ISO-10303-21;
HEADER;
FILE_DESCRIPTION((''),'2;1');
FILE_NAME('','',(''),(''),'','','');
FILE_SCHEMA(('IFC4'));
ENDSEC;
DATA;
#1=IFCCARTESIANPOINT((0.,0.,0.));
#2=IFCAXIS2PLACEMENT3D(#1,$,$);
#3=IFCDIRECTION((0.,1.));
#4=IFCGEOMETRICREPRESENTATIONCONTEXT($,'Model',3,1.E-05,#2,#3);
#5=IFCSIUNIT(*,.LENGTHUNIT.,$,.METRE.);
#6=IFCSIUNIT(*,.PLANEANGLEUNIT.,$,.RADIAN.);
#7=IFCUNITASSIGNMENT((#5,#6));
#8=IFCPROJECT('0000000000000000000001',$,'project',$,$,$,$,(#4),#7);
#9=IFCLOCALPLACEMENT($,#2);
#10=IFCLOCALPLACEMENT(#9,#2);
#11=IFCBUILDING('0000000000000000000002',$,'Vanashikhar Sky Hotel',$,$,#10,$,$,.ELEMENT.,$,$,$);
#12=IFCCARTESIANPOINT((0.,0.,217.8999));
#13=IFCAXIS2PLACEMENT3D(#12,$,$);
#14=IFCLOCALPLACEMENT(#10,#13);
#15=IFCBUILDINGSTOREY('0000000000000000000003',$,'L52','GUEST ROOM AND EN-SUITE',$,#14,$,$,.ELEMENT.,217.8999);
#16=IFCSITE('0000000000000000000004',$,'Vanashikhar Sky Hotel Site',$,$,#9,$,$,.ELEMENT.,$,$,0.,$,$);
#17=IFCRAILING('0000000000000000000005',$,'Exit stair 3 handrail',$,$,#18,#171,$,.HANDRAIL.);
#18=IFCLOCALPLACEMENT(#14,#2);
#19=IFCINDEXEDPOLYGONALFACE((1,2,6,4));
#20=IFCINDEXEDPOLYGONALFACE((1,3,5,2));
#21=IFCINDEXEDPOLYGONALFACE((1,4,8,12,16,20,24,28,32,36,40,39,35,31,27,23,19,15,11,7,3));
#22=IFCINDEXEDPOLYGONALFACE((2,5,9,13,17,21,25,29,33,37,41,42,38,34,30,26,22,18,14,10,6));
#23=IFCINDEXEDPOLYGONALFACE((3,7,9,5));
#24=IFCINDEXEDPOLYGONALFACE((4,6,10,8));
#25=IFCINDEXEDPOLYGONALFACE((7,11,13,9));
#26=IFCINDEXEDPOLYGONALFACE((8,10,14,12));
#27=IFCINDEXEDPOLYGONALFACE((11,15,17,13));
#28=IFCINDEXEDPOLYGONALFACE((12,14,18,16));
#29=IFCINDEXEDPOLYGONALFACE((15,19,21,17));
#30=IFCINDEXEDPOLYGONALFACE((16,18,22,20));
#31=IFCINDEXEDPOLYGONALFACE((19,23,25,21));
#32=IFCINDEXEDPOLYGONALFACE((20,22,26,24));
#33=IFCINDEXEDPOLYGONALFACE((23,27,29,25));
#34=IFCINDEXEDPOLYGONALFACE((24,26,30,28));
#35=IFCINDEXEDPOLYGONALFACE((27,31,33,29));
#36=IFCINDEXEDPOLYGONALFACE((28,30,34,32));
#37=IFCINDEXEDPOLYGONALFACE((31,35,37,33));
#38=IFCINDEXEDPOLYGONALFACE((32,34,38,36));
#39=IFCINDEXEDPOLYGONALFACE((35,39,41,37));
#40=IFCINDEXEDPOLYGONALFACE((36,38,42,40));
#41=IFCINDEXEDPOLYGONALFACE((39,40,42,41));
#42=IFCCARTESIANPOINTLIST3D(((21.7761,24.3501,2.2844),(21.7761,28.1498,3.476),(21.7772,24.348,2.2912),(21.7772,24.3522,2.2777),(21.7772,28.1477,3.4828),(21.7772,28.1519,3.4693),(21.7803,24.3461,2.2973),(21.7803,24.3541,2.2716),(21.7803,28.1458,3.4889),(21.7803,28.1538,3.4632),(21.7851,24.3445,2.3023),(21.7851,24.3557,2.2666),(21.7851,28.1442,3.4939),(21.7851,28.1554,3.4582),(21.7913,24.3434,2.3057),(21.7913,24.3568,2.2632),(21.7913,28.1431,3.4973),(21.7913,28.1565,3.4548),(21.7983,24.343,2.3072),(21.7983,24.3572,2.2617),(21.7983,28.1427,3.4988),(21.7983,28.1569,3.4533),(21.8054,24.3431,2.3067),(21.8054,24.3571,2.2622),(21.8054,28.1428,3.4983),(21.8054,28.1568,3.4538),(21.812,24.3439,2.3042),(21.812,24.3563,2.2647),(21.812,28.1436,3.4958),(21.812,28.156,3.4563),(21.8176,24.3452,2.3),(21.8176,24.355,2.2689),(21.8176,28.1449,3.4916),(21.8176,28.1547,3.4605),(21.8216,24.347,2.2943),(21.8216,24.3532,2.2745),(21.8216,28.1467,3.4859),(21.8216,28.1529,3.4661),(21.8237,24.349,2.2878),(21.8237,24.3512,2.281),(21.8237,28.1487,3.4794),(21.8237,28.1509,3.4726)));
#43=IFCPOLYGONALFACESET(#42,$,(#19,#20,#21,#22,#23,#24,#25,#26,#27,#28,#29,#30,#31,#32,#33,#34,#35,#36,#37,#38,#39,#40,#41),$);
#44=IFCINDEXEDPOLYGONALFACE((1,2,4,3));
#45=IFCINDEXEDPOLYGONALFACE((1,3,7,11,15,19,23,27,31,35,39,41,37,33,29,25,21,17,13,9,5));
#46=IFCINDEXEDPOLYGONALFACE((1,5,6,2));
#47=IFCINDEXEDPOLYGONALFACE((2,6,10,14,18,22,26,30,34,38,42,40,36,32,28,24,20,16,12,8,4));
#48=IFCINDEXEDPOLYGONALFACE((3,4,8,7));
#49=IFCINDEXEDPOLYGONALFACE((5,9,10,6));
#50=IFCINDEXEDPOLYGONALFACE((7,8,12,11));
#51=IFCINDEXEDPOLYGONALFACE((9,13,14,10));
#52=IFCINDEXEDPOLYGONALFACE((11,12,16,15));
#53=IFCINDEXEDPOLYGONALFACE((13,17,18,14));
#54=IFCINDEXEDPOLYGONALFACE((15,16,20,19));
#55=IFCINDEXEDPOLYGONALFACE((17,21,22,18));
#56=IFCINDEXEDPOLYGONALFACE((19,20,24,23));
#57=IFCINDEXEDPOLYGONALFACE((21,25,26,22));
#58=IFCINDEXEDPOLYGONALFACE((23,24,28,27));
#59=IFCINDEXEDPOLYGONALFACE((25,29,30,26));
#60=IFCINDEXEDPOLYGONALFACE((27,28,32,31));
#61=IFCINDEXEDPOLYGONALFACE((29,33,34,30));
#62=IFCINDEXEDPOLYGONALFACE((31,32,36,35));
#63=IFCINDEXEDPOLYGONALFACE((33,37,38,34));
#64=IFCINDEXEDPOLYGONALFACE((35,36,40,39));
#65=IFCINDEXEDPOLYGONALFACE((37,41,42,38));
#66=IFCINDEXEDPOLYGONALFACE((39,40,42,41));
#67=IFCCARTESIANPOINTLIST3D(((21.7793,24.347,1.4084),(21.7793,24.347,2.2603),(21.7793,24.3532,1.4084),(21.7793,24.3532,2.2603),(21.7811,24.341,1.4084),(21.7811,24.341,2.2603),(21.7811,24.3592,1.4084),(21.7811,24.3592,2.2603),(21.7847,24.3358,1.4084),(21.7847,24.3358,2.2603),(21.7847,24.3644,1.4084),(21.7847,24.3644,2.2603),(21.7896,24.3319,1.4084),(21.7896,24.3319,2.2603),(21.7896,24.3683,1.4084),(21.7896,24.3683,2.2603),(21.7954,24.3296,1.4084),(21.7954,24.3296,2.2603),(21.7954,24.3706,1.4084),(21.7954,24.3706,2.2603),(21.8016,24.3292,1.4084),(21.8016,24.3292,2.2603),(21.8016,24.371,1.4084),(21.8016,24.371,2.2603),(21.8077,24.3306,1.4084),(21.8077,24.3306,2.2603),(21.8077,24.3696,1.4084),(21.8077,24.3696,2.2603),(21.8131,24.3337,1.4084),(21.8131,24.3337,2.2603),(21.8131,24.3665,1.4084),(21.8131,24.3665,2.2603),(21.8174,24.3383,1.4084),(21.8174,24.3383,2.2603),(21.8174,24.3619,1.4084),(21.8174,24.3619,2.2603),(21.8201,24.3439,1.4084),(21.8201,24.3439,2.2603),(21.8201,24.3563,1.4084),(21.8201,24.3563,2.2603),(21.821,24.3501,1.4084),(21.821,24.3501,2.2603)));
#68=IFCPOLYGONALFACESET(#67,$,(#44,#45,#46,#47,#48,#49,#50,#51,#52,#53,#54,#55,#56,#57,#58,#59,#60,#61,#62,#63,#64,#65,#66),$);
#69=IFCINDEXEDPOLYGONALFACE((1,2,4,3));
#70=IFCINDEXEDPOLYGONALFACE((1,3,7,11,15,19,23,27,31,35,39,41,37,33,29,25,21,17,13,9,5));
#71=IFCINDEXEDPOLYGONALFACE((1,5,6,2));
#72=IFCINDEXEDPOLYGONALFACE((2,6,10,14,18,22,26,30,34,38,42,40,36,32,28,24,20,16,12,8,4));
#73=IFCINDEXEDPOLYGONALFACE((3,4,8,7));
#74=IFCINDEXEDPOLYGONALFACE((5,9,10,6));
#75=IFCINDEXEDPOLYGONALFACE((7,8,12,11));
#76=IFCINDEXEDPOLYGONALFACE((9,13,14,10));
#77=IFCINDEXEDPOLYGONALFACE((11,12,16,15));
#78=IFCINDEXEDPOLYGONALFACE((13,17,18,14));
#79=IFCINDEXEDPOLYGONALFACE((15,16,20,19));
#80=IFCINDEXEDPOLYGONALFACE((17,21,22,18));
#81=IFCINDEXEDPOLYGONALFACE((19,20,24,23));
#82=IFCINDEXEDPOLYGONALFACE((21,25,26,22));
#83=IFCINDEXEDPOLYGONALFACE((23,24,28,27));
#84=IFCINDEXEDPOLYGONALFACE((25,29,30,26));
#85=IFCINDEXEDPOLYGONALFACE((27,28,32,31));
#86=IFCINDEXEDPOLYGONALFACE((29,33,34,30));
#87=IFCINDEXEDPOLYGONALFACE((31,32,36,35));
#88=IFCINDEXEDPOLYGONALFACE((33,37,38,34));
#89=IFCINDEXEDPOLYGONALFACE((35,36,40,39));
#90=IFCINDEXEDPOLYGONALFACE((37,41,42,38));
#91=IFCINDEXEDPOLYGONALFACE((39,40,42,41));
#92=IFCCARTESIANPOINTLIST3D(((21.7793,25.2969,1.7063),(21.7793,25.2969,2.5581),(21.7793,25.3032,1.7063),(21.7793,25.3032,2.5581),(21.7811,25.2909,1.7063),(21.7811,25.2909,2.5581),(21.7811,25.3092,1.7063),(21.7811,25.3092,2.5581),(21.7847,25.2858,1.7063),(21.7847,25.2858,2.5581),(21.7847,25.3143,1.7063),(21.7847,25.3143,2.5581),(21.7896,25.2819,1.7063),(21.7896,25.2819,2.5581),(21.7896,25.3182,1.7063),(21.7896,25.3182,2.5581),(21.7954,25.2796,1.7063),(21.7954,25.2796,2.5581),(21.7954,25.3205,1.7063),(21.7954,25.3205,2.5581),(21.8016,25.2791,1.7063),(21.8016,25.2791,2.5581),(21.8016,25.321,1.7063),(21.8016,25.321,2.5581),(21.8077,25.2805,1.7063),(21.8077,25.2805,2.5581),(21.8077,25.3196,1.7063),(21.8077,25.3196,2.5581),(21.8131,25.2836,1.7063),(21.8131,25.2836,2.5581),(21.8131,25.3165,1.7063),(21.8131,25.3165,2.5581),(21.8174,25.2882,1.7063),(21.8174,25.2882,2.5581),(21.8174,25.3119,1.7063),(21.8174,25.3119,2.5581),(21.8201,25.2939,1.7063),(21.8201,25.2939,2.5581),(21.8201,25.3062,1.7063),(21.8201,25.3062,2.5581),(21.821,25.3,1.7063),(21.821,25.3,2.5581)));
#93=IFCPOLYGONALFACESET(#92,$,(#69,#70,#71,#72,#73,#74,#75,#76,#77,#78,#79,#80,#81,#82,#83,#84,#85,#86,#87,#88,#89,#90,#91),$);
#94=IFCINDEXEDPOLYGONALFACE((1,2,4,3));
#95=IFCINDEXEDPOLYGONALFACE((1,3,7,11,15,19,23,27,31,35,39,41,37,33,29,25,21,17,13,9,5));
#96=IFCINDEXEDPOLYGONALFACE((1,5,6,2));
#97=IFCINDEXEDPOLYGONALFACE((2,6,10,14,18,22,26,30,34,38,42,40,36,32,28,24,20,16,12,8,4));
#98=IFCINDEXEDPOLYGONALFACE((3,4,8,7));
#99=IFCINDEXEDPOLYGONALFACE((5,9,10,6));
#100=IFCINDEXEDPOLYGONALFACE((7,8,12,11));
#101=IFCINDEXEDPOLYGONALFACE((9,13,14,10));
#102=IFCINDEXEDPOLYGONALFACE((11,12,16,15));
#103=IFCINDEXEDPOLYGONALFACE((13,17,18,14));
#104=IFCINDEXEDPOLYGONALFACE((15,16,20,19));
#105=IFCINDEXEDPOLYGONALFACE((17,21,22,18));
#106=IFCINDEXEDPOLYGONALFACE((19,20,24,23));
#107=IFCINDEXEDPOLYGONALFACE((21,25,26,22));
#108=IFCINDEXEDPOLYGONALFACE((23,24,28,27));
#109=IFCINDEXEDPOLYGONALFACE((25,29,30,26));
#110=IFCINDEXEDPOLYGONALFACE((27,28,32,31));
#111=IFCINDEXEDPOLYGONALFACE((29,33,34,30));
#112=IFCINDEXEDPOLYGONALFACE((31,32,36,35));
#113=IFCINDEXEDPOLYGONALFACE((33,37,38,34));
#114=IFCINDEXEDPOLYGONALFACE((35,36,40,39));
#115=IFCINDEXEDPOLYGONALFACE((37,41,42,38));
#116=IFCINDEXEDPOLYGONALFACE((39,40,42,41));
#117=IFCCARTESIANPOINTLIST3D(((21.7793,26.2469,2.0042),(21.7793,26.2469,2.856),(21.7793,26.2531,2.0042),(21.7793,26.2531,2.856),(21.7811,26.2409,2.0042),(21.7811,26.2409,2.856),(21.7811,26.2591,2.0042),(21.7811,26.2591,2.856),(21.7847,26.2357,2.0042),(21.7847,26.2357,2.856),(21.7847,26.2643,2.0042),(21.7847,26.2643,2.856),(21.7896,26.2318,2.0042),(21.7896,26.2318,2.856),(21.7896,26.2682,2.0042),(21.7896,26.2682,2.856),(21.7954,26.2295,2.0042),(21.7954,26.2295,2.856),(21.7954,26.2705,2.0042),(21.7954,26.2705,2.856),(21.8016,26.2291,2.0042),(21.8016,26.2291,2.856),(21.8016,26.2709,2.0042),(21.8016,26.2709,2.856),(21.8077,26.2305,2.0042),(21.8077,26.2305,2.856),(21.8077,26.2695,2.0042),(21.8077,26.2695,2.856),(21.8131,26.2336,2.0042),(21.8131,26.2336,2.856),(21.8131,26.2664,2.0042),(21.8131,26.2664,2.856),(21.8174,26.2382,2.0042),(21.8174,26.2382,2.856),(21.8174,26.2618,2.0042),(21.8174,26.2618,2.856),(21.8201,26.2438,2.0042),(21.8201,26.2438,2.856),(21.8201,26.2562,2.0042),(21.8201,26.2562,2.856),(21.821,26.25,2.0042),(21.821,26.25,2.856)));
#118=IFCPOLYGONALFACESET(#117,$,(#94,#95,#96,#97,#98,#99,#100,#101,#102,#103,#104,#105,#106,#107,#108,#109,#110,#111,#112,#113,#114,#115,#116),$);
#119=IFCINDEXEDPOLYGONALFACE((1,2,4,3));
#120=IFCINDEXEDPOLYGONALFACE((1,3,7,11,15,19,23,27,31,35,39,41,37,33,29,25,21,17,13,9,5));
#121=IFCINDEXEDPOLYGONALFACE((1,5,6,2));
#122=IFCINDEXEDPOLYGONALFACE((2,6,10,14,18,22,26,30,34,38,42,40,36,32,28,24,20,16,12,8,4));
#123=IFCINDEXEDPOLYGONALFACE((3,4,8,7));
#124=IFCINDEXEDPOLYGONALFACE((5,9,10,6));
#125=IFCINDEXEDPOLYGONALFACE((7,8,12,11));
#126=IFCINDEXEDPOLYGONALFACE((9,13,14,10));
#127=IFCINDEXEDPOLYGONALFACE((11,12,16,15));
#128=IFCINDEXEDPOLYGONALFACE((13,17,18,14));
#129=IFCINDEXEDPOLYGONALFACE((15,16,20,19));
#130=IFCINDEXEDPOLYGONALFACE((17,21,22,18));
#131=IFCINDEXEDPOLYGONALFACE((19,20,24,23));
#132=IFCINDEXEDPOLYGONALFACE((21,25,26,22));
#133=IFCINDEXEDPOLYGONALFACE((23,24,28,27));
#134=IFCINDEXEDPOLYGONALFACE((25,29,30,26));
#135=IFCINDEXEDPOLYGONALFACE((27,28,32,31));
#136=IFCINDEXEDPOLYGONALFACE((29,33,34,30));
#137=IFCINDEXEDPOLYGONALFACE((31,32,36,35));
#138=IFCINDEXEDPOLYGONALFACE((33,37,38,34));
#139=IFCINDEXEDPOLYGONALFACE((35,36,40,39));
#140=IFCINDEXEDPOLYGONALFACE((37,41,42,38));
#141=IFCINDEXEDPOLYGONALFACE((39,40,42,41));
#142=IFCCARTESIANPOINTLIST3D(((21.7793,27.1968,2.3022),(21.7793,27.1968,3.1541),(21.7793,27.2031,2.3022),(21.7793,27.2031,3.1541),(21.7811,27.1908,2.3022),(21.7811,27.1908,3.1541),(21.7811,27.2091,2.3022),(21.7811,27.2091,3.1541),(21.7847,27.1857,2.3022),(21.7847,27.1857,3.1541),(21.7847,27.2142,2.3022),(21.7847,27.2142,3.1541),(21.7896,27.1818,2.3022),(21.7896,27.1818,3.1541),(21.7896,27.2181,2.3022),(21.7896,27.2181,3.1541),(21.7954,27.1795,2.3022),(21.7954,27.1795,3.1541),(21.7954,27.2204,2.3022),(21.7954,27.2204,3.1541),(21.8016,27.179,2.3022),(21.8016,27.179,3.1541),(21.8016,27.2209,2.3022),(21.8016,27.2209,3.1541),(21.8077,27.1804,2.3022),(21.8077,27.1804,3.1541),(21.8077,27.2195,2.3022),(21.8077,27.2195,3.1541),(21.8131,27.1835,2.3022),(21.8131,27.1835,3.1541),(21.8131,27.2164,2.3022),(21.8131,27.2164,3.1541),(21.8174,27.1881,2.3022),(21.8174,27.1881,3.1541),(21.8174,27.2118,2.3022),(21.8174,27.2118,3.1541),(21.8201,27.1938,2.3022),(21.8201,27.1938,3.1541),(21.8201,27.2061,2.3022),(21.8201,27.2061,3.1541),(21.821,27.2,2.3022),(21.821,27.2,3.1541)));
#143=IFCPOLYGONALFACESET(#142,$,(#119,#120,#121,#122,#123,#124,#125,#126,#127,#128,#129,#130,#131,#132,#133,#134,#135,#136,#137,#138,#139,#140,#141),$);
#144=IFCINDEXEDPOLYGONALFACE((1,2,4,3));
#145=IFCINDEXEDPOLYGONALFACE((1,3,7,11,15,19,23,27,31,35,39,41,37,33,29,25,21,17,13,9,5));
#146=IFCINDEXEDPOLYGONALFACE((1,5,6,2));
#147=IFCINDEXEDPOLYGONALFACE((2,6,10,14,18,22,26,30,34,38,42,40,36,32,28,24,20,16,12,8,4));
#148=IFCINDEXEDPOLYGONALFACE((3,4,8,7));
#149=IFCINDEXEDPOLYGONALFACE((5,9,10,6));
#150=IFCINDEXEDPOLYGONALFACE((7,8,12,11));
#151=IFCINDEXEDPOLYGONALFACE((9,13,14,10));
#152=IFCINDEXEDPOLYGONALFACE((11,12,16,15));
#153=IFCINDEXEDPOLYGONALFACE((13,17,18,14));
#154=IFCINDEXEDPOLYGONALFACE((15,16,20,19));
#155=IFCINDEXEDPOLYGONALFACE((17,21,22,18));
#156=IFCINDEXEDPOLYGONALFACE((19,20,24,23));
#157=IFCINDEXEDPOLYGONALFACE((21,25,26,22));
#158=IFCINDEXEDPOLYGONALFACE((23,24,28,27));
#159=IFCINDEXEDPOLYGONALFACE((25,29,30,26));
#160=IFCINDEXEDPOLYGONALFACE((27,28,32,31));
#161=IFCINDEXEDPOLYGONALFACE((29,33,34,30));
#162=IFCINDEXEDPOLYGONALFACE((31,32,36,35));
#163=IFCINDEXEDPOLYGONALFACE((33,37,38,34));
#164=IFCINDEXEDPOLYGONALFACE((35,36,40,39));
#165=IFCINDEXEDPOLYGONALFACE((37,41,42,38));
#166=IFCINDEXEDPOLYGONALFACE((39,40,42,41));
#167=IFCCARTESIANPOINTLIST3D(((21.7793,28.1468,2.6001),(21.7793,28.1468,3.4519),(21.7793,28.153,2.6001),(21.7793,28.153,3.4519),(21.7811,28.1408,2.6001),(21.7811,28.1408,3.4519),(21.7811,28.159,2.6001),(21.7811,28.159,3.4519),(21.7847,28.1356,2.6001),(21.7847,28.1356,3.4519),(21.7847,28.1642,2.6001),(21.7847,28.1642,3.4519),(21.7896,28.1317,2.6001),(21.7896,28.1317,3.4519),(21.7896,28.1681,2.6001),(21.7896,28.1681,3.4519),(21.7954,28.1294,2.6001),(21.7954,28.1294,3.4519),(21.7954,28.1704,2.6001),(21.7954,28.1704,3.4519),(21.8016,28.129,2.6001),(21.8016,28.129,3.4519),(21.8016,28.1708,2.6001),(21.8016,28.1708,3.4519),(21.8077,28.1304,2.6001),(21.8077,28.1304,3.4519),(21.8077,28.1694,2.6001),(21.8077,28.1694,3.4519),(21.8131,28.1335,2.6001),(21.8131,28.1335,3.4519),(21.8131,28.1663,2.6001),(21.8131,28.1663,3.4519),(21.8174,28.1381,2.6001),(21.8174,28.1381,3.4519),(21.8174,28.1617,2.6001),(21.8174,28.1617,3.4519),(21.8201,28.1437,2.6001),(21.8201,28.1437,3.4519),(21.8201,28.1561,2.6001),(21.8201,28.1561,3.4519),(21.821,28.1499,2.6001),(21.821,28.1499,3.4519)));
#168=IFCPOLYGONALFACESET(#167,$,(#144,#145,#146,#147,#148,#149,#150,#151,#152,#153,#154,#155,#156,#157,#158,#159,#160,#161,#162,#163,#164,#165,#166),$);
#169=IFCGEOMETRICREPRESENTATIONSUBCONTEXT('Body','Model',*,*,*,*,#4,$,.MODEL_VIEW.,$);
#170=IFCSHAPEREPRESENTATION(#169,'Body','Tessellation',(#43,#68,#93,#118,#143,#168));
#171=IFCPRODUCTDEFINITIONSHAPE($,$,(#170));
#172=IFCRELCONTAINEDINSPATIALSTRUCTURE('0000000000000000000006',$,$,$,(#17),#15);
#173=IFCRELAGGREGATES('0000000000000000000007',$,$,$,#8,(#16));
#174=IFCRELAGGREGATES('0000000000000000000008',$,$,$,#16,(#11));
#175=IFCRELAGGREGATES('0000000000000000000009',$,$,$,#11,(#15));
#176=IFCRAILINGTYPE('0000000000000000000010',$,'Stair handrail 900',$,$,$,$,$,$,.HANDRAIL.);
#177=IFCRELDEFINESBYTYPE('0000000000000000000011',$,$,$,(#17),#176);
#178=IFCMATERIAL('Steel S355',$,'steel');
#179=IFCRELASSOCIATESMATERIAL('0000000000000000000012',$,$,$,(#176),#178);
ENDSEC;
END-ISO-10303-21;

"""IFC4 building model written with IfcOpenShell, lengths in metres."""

from ifc_helpers import new_model, si_unit, direction, frame, origin, origin_2d, place, context, subcontext, project, spatial, circle, extrude, source, transform, mapped, material, type_object, element, save


model = new_model("IFC4")

# Units and contexts
model_context = context("Model", 3, precision=1e-05, world=origin(), true_north=direction((0.0, 1.0)))
body_context = subcontext(model_context, "Body", "Model", "MODEL_VIEW")
ifc_project = project(units=[si_unit("LENGTHUNIT", "METRE"), si_unit("PLANEANGLEUNIT", "RADIAN")], contexts=[model_context])

# Site, building, storey
site_placement = place(None, origin())
site = spatial("IfcSite", under=ifc_project, at=site_placement, Name="Vanashikhar Sky Hotel Site", CompositionType="ELEMENT", RefElevation=0.0)
building_placement = place(site_placement, origin())
building = spatial("IfcBuilding", under=site, at=building_placement, Name="Vanashikhar Sky Hotel", CompositionType="ELEMENT")
storey_placement = place(building_placement, frame((0.0, 0.0, 217.8999)))
storey = spatial("IfcBuildingStorey", under=building, at=storey_placement, Name="L52", Description="GUEST ROOM AND EN-SUITE", CompositionType="ELEMENT", Elevation=217.8999)

# Railing
ifc_material_1 = material(Name="Steel S355", Category="steel")
railing_type = type_object("IfcRailingType", Name="Stair handrail 900", PredefinedType="HANDRAIL", material=ifc_material_1)
shared_shape_1 = source(origin(), body_context, "Body", "SweptSolid", [
    extrude(circle(Radius=0.0239, at=origin_2d()), frame((0.0, 0.0, 0.876), z_axis=(0.0, 0.954178, 0.299238), x_axis=(-1.0, 0.0, 0.0)), (0.0, 0.0, 1.0), 3.9822),
    extrude(circle(Radius=0.021, at=origin_2d()), origin(), (0.0, 0.0, 1.0), 0.8518),
    extrude(circle(Radius=0.021, at=origin_2d()), frame((0.0, 0.95, 0.2979)), (0.0, 0.0, 1.0), 0.8518),
    extrude(circle(Radius=0.021, at=origin_2d()), frame((0.0, 1.8999, 0.5957)), (0.0, 0.0, 1.0), 0.8518),
    extrude(circle(Radius=0.021, at=origin_2d()), frame((0.0, 2.8499, 0.8938)), (0.0, 0.0, 1.0), 0.8518),
    extrude(circle(Radius=0.021, at=origin_2d()), frame((0.0, 3.7998, 1.1917)), (0.0, 0.0, 1.0), 0.8518),
])
railing_placement = place(storey_placement, frame((21.8, 24.3501, 1.4084)))
element("IfcRailing", 1, at=railing_placement, inside=storey, type_object=railing_type, Name="Exit stair 3 handrail", PredefinedType="HANDRAIL", context=body_context, shape_type="MappedRepresentation", body=[
    mapped(shared_shape_1, transform((0.0, 0.0, 0.0), scale=1.0)),
])

save(model, "model.ifc")
